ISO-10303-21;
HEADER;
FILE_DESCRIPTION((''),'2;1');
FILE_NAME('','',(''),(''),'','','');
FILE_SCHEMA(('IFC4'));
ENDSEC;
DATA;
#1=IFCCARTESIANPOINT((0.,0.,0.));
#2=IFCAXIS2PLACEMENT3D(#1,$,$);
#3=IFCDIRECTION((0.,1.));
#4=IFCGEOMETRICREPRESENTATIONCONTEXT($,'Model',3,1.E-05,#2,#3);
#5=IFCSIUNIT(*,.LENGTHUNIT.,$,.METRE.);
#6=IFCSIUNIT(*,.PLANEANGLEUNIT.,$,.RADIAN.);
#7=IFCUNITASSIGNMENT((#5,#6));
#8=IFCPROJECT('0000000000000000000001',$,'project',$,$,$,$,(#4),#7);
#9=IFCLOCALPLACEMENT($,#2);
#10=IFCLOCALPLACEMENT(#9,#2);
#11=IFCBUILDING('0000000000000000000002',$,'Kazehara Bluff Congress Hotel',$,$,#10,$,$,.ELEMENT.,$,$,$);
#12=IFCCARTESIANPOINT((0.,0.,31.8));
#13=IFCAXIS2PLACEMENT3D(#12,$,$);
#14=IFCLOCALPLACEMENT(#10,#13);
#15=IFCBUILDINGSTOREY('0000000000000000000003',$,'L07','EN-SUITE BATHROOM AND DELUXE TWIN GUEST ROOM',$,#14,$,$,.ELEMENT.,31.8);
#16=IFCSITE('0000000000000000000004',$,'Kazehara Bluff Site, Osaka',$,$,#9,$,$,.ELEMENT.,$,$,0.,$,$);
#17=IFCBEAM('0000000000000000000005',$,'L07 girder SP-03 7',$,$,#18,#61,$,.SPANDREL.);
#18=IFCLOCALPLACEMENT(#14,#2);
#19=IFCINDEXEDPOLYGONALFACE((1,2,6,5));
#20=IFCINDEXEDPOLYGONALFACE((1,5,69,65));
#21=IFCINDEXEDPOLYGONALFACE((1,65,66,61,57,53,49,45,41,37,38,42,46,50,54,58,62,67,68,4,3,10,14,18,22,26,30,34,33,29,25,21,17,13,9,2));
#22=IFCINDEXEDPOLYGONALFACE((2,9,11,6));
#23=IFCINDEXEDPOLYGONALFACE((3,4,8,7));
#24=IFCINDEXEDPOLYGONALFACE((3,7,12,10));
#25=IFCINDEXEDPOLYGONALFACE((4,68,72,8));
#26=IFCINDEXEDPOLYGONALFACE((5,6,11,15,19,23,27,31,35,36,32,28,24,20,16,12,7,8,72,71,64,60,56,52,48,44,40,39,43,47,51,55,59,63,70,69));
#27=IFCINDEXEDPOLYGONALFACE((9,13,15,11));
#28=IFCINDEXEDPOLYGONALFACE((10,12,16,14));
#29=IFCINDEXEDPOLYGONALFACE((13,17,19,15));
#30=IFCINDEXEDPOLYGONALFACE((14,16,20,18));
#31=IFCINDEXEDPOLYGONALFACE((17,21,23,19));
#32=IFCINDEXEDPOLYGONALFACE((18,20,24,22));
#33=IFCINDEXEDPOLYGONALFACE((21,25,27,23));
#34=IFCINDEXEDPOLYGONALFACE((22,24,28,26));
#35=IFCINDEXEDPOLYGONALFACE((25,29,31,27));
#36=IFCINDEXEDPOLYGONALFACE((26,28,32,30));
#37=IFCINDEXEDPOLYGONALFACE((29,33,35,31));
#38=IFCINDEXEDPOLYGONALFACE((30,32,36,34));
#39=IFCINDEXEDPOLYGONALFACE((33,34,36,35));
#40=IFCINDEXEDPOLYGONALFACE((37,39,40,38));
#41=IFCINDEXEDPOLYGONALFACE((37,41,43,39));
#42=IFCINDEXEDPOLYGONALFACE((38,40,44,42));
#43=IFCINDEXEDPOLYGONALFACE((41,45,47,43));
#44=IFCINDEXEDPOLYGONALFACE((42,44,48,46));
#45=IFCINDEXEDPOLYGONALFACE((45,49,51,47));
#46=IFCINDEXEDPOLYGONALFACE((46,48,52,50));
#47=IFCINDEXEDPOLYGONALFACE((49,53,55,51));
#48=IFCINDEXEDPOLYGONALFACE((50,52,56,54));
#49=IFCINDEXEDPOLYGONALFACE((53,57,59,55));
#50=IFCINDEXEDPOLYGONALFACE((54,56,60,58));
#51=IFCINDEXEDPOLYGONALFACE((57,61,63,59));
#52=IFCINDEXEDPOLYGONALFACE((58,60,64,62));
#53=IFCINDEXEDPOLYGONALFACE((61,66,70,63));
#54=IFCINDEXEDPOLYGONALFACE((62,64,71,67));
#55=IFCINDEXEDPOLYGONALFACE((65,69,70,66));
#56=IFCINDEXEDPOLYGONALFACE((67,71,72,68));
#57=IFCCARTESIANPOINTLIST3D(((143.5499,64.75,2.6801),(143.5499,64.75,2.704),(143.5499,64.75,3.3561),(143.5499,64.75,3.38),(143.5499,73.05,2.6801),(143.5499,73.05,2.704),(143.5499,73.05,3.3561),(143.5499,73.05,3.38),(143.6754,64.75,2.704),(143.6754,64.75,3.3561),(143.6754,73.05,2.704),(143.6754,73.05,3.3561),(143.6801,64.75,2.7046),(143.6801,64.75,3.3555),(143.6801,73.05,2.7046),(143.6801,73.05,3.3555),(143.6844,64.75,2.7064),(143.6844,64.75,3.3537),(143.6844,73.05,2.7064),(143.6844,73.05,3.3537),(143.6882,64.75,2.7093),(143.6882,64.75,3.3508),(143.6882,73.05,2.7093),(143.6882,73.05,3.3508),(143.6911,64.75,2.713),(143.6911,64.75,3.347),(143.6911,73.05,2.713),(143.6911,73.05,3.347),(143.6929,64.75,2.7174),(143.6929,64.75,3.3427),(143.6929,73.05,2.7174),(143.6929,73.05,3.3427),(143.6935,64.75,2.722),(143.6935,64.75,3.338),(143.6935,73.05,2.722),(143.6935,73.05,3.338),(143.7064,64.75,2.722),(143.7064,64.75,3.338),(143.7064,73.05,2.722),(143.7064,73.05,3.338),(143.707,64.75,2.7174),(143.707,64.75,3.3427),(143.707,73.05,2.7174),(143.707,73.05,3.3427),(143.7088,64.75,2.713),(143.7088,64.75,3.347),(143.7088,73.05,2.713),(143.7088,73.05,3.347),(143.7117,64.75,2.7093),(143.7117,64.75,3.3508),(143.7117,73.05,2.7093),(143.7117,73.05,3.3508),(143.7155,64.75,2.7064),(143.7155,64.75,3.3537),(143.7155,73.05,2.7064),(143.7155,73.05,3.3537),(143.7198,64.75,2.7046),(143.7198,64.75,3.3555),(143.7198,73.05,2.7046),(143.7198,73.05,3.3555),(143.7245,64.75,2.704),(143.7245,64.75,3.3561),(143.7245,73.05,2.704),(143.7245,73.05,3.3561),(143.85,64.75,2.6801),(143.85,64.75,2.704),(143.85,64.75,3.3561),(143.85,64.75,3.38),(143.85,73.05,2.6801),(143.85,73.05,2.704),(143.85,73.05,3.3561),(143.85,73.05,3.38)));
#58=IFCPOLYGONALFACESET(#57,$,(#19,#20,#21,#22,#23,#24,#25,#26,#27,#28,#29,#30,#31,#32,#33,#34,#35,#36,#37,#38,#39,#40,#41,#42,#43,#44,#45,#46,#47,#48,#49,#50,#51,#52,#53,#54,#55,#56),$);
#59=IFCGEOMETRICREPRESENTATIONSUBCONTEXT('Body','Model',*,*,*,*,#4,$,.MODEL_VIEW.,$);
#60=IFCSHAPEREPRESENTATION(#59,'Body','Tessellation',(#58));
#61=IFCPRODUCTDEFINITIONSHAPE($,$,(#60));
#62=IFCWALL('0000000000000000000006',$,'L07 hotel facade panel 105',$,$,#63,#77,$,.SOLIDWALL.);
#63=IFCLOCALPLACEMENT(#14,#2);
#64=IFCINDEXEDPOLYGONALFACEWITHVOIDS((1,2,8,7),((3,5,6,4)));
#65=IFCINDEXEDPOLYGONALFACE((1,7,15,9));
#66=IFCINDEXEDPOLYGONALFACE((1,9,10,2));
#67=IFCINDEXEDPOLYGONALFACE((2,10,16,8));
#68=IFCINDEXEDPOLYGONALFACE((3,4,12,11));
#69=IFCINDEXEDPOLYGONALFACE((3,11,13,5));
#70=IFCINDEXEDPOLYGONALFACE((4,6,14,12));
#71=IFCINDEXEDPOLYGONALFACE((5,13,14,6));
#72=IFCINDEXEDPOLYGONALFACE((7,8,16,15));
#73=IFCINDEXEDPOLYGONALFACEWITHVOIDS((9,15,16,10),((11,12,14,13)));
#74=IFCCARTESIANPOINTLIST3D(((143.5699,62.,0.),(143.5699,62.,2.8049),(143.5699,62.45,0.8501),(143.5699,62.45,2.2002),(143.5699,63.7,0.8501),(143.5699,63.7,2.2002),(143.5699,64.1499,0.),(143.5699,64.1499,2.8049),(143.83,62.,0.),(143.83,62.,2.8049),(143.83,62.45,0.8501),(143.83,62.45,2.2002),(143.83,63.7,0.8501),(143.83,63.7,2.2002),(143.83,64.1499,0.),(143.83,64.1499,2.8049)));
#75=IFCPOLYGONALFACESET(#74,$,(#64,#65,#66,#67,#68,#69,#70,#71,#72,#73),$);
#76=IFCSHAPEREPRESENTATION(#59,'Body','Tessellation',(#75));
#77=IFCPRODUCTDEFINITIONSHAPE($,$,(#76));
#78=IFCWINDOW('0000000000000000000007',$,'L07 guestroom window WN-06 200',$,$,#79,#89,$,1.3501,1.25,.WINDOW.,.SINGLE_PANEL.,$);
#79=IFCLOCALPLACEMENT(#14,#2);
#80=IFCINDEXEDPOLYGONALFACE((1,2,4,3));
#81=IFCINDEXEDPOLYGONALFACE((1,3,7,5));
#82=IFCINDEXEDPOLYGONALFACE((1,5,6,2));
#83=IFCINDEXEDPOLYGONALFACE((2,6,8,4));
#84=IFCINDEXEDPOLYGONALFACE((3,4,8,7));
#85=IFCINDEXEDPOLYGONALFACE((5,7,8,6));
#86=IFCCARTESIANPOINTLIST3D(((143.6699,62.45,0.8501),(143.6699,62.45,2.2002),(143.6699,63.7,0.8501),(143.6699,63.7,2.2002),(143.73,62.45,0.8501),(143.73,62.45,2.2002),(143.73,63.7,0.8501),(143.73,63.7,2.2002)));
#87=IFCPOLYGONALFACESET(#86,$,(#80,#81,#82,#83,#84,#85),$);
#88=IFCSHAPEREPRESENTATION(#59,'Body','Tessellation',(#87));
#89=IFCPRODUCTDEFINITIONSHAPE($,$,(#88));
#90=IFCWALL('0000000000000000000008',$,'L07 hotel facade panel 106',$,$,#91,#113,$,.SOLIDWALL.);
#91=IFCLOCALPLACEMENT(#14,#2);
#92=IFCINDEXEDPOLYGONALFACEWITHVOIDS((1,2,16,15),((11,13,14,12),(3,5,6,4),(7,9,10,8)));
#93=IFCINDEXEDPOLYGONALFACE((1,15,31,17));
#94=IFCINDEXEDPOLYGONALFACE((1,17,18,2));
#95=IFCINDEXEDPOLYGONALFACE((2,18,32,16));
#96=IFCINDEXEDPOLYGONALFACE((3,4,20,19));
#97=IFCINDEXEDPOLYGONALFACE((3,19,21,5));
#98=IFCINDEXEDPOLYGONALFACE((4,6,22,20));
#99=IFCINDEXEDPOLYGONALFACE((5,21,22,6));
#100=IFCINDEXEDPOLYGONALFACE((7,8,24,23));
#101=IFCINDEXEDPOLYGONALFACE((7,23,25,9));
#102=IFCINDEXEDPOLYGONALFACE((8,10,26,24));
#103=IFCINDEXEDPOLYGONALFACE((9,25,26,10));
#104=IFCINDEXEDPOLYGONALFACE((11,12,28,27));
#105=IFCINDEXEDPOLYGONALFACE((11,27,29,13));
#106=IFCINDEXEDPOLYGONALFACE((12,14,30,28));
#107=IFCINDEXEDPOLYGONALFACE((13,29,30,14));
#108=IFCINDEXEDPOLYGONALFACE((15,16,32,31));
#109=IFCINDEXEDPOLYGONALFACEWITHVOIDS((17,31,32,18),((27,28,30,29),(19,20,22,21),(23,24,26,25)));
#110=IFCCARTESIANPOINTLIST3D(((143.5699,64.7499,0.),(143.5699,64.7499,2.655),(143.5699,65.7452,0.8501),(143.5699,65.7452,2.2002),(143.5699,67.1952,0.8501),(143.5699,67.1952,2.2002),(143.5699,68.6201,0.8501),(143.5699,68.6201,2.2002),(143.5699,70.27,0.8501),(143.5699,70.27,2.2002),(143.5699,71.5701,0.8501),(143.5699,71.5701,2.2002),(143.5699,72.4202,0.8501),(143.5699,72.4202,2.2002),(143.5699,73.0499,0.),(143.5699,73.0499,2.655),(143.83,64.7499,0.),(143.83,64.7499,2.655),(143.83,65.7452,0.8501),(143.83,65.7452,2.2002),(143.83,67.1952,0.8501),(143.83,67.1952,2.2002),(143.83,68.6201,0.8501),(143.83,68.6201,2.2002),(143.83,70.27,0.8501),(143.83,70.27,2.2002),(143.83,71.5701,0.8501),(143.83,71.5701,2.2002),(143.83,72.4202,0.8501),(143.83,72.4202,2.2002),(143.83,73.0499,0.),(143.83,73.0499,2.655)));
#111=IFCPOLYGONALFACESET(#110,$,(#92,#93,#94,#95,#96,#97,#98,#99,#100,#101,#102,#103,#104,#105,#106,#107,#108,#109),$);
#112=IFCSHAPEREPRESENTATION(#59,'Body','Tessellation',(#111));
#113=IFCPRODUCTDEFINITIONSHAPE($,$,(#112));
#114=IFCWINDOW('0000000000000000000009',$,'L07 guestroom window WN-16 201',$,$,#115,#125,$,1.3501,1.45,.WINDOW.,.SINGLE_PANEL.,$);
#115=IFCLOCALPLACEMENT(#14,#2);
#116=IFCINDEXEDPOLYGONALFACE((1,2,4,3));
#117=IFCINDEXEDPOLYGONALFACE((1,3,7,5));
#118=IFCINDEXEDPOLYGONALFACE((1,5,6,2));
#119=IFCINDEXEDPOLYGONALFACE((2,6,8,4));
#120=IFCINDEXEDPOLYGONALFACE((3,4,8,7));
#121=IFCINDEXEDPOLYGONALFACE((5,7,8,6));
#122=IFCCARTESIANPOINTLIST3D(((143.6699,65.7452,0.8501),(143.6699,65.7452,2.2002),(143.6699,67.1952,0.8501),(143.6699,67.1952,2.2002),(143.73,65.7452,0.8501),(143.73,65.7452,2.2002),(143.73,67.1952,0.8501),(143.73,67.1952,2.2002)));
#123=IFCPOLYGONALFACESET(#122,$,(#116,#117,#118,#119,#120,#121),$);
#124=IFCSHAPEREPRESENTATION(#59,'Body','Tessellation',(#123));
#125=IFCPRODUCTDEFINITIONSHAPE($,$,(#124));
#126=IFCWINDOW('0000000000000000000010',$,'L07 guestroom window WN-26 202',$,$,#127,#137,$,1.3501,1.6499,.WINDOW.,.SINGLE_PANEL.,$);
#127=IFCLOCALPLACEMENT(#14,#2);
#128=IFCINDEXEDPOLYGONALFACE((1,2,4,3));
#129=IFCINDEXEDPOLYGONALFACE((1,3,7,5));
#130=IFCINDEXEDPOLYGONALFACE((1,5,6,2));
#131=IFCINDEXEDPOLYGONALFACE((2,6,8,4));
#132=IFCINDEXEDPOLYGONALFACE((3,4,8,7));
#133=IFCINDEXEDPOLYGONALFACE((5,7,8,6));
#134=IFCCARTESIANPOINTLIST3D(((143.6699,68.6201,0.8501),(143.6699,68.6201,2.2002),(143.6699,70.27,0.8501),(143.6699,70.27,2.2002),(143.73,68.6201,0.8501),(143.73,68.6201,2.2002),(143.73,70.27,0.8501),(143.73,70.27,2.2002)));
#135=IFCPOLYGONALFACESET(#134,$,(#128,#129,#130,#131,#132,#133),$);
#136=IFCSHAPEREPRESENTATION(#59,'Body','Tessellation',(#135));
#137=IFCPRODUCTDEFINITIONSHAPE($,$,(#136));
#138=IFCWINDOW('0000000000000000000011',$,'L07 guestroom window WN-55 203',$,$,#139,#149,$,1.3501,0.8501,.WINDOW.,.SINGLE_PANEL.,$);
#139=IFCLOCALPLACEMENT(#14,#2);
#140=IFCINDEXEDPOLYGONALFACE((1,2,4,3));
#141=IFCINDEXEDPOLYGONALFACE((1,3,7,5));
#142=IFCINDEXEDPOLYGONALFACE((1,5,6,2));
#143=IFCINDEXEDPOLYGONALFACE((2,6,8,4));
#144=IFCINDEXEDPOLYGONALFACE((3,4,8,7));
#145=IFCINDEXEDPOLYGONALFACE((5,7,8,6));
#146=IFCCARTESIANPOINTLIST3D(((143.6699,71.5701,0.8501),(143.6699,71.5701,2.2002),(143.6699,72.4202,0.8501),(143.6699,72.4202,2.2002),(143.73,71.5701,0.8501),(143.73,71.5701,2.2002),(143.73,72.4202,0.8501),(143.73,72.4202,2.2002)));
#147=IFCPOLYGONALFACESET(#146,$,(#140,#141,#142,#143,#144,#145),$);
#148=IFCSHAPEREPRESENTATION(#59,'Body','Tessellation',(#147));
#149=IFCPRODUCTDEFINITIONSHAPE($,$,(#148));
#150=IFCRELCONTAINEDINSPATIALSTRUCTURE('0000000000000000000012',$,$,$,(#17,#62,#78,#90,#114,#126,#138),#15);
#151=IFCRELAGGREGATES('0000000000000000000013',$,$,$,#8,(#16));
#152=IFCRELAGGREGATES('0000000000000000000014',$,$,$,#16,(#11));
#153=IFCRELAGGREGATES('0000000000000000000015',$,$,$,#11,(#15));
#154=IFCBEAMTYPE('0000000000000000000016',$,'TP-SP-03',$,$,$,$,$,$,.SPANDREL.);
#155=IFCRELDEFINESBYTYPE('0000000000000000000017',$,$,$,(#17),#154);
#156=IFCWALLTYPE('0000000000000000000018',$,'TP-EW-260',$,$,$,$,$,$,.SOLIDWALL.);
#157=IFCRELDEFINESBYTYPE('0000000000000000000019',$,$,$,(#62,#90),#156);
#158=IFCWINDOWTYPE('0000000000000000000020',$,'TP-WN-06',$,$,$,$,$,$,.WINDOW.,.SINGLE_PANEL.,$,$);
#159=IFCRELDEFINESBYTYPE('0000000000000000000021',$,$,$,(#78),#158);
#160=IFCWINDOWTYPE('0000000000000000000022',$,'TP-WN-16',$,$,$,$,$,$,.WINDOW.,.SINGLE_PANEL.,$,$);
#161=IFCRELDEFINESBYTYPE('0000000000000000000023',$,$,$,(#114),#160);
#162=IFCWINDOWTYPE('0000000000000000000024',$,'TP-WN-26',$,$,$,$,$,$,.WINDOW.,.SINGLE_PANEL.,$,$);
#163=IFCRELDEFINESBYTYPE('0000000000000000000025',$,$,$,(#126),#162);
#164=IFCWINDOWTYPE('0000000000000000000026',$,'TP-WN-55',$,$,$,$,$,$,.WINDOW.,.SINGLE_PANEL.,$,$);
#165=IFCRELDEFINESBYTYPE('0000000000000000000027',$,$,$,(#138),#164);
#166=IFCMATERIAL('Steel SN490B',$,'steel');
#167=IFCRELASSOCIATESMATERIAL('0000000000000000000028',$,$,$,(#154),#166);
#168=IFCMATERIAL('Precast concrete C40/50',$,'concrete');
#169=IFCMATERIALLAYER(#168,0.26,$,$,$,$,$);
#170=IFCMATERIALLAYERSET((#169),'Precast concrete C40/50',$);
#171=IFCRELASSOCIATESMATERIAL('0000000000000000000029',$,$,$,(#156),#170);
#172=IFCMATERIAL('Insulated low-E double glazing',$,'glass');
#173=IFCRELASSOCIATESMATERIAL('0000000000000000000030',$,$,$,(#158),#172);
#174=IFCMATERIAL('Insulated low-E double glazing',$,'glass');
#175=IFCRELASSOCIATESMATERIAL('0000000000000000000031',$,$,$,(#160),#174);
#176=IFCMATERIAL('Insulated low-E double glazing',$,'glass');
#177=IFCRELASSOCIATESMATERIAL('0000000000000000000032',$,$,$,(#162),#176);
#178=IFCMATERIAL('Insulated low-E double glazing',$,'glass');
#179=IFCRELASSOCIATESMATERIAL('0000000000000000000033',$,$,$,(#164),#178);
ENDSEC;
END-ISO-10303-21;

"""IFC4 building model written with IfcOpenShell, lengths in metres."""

from ifc_helpers import new_model, si_unit, direction, frame, frame_2d, origin, origin_2d, place, context, subcontext, project, spatial, rectangle, i_section, extrude, material, layer, layer_set, material_profile, profile_set, type_object, element, fill, save


model = new_model("IFC4")

# Units and contexts
model_context = context("Model", 3, precision=1e-05, world=origin(), true_north=direction((0.0, 1.0)))
body_context = subcontext(model_context, "Body", "Model", "MODEL_VIEW")
ifc_project = project(units=[si_unit("LENGTHUNIT", "METRE"), si_unit("PLANEANGLEUNIT", "RADIAN")], contexts=[model_context])

# Site, building, storey
site_placement = place(None, origin())
site = spatial("IfcSite", under=ifc_project, at=site_placement, Name="Kazehara Bluff Site, Osaka", CompositionType="ELEMENT", RefElevation=0.0)
building_placement = place(site_placement, origin())
building = spatial("IfcBuilding", under=site, at=building_placement, Name="Kazehara Bluff Congress Hotel", CompositionType="ELEMENT")
storey_placement = place(building_placement, frame((0.0, 0.0, 31.8)))
storey = spatial("IfcBuildingStorey", under=building, at=storey_placement, Name="L07", Description="EN-SUITE BATHROOM AND DELUXE TWIN GUEST ROOM", CompositionType="ELEMENT", Elevation=31.8)

# Beam
ifc_material_1 = material(Name="Steel SN490B", Category="steel")
ifc_material_profile_1 = material_profile(ifc_material_1, i_section(OverallWidth=0.3, OverallDepth=0.7, WebThickness=0.0129, FlangeThickness=0.0239, FilletRadius=0.0181, at=origin_2d()))
ifc_profile_set_1 = profile_set([ifc_material_profile_1], Name="Steel SN490B")
beam_type_1 = type_object("IfcBeamType", Name="TP-SP-03", PredefinedType="SPANDREL", material=ifc_profile_set_1)
beam_1_placement = place(storey_placement, frame((143.7, 64.75, 3.03), z_axis=(0.0, 1.0, 0.0), x_axis=(-1.0, 0.0, 0.0)))
element("IfcBeam", 1, at=beam_1_placement, inside=storey, type_object=beam_type_1, Name="L07 girder SP-03 7", PredefinedType="SPANDREL", context=body_context, shape_type="SweptSolid", body=[
    extrude(i_section(OverallWidth=0.3, OverallDepth=0.7, WebThickness=0.0129, FlangeThickness=0.0239, FilletRadius=0.0181, at=origin_2d()), origin(), (0.0, 0.0, 1.0), 8.3),
])

# Wall, opening, window
ifc_material_2 = material(Name="Precast concrete C40/50", Category="concrete")
ifc_layer = layer(ifc_material_2, 0.26)
ifc_layer_set = layer_set([ifc_layer], Name="Precast concrete C40/50")
wall_type = type_object("IfcWallType", Name="TP-EW-260", PredefinedType="SOLIDWALL", material=ifc_layer_set)
wall_1_placement = place(storey_placement, frame((143.7, 62.0, 0.0), z_axis=(0.0, 0.0, 1.0), x_axis=(0.0, 1.0, 0.0)))
wall_1 = element("IfcWall", 2, at=wall_1_placement, inside=storey, type_object=wall_type, Name="L07 hotel facade panel 105", PredefinedType="SOLIDWALL", context=body_context, shape_type="SweptSolid", body=[
    extrude(rectangle(XDim=2.1499, YDim=0.26, at=frame_2d((1.075, 0.0))), origin(), (0.0, 0.0, 1.0), 2.8049),
])
opening_1_placement = place(wall_1_placement, frame((0.45, 0.0, 0.8501)))
opening_1 = element("IfcOpeningElement", 3, at=opening_1_placement, cuts=wall_1, PredefinedType="OPENING", context=body_context, shape_type="SweptSolid", body=[
    extrude(rectangle(XDim=1.25, YDim=1.3501, at=frame_2d((0.625, 0.675))), frame((0.0, 0.1399, 0.0), z_axis=(0.0, -1.0, 0.0), x_axis=(1.0, 0.0, 0.0)), (0.0, 0.0, 1.0), 0.28),
])
ifc_material_3 = material(Name="Insulated low-E double glazing", Category="glass")
window_type_1 = type_object("IfcWindowType", Name="TP-WN-06", PartitioningType="SINGLE_PANEL", PredefinedType="WINDOW", material=ifc_material_3)
window_1_placement = place(opening_1_placement, origin())
window_1 = element("IfcWindow", 4, at=window_1_placement, inside=storey, type_object=window_type_1, Name="L07 guestroom window WN-06 200", OverallHeight=1.3501, OverallWidth=1.25, PartitioningType="SINGLE_PANEL", PredefinedType="WINDOW", context=body_context, shape_type="SweptSolid", body=[
    extrude(rectangle(XDim=1.25, YDim=1.3501, at=frame_2d((0.625, 0.675))), frame((0.0, 0.03, 0.0), z_axis=(0.0, -1.0, 0.0), x_axis=(1.0, 0.0, 0.0)), (0.0, 0.0, 1.0), 0.0601),
])
fill(opening_1, window_1)

# Wall, openings, windows
wall_2_placement = place(storey_placement, frame((143.7, 64.75, 0.0), z_axis=(0.0, 0.0, 1.0), x_axis=(0.0, 1.0, 0.0)))
wall_2 = element("IfcWall", 5, at=wall_2_placement, inside=storey, type_object=wall_type, Name="L07 hotel facade panel 106", PredefinedType="SOLIDWALL", context=body_context, shape_type="SweptSolid", body=[
    extrude(rectangle(XDim=8.3, YDim=0.26, at=frame_2d((4.1499, 0.0))), origin(), (0.0, 0.0, 1.0), 2.655),
])
opening_2_placement = place(wall_2_placement, frame((0.9951, 0.0, 0.8501)))
opening_2 = element("IfcOpeningElement", 6, at=opening_2_placement, cuts=wall_2, PredefinedType="OPENING", context=body_context, shape_type="SweptSolid", body=[
    extrude(rectangle(XDim=1.45, YDim=1.3501, at=frame_2d((0.7251, 0.675))), frame((0.0, 0.1399, 0.0), z_axis=(0.0, -1.0, 0.0), x_axis=(1.0, 0.0, 0.0)), (0.0, 0.0, 1.0), 0.28),
])
opening_3_placement = place(wall_2_placement, frame((3.8701, 0.0, 0.8501)))
opening_3 = element("IfcOpeningElement", 7, at=opening_3_placement, cuts=wall_2, PredefinedType="OPENING", context=body_context, shape_type="SweptSolid", body=[
    extrude(rectangle(XDim=1.6499, YDim=1.3501, at=frame_2d((0.825, 0.675))), frame((0.0, 0.1399, 0.0), z_axis=(0.0, -1.0, 0.0), x_axis=(1.0, 0.0, 0.0)), (0.0, 0.0, 1.0), 0.28),
])
opening_4_placement = place(wall_2_placement, frame((6.8201, 0.0, 0.8501)))
opening_4 = element("IfcOpeningElement", 8, at=opening_4_placement, cuts=wall_2, PredefinedType="OPENING", context=body_context, shape_type="SweptSolid", body=[
    extrude(rectangle(XDim=0.8501, YDim=1.3501, at=frame_2d((0.425, 0.675))), frame((0.0, 0.1399, 0.0), z_axis=(0.0, -1.0, 0.0), x_axis=(1.0, 0.0, 0.0)), (0.0, 0.0, 1.0), 0.28),
])
ifc_material_4 = material(Name="Insulated low-E double glazing", Category="glass")
window_type_2 = type_object("IfcWindowType", Name="TP-WN-16", PartitioningType="SINGLE_PANEL", PredefinedType="WINDOW", material=ifc_material_4)
window_2_placement = place(opening_2_placement, origin())
window_2 = element("IfcWindow", 9, at=window_2_placement, inside=storey, type_object=window_type_2, Name="L07 guestroom window WN-16 201", OverallHeight=1.3501, OverallWidth=1.45, PartitioningType="SINGLE_PANEL", PredefinedType="WINDOW", context=body_context, shape_type="SweptSolid", body=[
    extrude(rectangle(XDim=1.45, YDim=1.3501, at=frame_2d((0.7251, 0.675))), frame((0.0, 0.03, 0.0), z_axis=(0.0, -1.0, 0.0), x_axis=(1.0, 0.0, 0.0)), (0.0, 0.0, 1.0), 0.0601),
])
fill(opening_2, window_2)
ifc_material_5 = material(Name="Insulated low-E double glazing", Category="glass")
window_type_3 = type_object("IfcWindowType", Name="TP-WN-26", PartitioningType="SINGLE_PANEL", PredefinedType="WINDOW", material=ifc_material_5)
window_3_placement = place(opening_3_placement, origin())
window_3 = element("IfcWindow", 10, at=window_3_placement, inside=storey, type_object=window_type_3, Name="L07 guestroom window WN-26 202", OverallHeight=1.3501, OverallWidth=1.6499, PartitioningType="SINGLE_PANEL", PredefinedType="WINDOW", context=body_context, shape_type="SweptSolid", body=[
    extrude(rectangle(XDim=1.6499, YDim=1.3501, at=frame_2d((0.825, 0.675))), frame((0.0, 0.03, 0.0), z_axis=(0.0, -1.0, 0.0), x_axis=(1.0, 0.0, 0.0)), (0.0, 0.0, 1.0), 0.0601),
])
fill(opening_3, window_3)
ifc_material_6 = material(Name="Insulated low-E double glazing", Category="glass")
window_type_4 = type_object("IfcWindowType", Name="TP-WN-55", PartitioningType="SINGLE_PANEL", PredefinedType="WINDOW", material=ifc_material_6)
window_4_placement = place(opening_4_placement, origin())
window_4 = element("IfcWindow", 11, at=window_4_placement, inside=storey, type_object=window_type_4, Name="L07 guestroom window WN-55 203", OverallHeight=1.3501, OverallWidth=0.8501, PartitioningType="SINGLE_PANEL", PredefinedType="WINDOW", context=body_context, shape_type="SweptSolid", body=[
    extrude(rectangle(XDim=0.8501, YDim=1.3501, at=frame_2d((0.425, 0.675))), frame((0.0, 0.03, 0.0), z_axis=(0.0, -1.0, 0.0), x_axis=(1.0, 0.0, 0.0)), (0.0, 0.0, 1.0), 0.0601),
])
fill(opening_4, window_4)

save(model, "model.ifc")
